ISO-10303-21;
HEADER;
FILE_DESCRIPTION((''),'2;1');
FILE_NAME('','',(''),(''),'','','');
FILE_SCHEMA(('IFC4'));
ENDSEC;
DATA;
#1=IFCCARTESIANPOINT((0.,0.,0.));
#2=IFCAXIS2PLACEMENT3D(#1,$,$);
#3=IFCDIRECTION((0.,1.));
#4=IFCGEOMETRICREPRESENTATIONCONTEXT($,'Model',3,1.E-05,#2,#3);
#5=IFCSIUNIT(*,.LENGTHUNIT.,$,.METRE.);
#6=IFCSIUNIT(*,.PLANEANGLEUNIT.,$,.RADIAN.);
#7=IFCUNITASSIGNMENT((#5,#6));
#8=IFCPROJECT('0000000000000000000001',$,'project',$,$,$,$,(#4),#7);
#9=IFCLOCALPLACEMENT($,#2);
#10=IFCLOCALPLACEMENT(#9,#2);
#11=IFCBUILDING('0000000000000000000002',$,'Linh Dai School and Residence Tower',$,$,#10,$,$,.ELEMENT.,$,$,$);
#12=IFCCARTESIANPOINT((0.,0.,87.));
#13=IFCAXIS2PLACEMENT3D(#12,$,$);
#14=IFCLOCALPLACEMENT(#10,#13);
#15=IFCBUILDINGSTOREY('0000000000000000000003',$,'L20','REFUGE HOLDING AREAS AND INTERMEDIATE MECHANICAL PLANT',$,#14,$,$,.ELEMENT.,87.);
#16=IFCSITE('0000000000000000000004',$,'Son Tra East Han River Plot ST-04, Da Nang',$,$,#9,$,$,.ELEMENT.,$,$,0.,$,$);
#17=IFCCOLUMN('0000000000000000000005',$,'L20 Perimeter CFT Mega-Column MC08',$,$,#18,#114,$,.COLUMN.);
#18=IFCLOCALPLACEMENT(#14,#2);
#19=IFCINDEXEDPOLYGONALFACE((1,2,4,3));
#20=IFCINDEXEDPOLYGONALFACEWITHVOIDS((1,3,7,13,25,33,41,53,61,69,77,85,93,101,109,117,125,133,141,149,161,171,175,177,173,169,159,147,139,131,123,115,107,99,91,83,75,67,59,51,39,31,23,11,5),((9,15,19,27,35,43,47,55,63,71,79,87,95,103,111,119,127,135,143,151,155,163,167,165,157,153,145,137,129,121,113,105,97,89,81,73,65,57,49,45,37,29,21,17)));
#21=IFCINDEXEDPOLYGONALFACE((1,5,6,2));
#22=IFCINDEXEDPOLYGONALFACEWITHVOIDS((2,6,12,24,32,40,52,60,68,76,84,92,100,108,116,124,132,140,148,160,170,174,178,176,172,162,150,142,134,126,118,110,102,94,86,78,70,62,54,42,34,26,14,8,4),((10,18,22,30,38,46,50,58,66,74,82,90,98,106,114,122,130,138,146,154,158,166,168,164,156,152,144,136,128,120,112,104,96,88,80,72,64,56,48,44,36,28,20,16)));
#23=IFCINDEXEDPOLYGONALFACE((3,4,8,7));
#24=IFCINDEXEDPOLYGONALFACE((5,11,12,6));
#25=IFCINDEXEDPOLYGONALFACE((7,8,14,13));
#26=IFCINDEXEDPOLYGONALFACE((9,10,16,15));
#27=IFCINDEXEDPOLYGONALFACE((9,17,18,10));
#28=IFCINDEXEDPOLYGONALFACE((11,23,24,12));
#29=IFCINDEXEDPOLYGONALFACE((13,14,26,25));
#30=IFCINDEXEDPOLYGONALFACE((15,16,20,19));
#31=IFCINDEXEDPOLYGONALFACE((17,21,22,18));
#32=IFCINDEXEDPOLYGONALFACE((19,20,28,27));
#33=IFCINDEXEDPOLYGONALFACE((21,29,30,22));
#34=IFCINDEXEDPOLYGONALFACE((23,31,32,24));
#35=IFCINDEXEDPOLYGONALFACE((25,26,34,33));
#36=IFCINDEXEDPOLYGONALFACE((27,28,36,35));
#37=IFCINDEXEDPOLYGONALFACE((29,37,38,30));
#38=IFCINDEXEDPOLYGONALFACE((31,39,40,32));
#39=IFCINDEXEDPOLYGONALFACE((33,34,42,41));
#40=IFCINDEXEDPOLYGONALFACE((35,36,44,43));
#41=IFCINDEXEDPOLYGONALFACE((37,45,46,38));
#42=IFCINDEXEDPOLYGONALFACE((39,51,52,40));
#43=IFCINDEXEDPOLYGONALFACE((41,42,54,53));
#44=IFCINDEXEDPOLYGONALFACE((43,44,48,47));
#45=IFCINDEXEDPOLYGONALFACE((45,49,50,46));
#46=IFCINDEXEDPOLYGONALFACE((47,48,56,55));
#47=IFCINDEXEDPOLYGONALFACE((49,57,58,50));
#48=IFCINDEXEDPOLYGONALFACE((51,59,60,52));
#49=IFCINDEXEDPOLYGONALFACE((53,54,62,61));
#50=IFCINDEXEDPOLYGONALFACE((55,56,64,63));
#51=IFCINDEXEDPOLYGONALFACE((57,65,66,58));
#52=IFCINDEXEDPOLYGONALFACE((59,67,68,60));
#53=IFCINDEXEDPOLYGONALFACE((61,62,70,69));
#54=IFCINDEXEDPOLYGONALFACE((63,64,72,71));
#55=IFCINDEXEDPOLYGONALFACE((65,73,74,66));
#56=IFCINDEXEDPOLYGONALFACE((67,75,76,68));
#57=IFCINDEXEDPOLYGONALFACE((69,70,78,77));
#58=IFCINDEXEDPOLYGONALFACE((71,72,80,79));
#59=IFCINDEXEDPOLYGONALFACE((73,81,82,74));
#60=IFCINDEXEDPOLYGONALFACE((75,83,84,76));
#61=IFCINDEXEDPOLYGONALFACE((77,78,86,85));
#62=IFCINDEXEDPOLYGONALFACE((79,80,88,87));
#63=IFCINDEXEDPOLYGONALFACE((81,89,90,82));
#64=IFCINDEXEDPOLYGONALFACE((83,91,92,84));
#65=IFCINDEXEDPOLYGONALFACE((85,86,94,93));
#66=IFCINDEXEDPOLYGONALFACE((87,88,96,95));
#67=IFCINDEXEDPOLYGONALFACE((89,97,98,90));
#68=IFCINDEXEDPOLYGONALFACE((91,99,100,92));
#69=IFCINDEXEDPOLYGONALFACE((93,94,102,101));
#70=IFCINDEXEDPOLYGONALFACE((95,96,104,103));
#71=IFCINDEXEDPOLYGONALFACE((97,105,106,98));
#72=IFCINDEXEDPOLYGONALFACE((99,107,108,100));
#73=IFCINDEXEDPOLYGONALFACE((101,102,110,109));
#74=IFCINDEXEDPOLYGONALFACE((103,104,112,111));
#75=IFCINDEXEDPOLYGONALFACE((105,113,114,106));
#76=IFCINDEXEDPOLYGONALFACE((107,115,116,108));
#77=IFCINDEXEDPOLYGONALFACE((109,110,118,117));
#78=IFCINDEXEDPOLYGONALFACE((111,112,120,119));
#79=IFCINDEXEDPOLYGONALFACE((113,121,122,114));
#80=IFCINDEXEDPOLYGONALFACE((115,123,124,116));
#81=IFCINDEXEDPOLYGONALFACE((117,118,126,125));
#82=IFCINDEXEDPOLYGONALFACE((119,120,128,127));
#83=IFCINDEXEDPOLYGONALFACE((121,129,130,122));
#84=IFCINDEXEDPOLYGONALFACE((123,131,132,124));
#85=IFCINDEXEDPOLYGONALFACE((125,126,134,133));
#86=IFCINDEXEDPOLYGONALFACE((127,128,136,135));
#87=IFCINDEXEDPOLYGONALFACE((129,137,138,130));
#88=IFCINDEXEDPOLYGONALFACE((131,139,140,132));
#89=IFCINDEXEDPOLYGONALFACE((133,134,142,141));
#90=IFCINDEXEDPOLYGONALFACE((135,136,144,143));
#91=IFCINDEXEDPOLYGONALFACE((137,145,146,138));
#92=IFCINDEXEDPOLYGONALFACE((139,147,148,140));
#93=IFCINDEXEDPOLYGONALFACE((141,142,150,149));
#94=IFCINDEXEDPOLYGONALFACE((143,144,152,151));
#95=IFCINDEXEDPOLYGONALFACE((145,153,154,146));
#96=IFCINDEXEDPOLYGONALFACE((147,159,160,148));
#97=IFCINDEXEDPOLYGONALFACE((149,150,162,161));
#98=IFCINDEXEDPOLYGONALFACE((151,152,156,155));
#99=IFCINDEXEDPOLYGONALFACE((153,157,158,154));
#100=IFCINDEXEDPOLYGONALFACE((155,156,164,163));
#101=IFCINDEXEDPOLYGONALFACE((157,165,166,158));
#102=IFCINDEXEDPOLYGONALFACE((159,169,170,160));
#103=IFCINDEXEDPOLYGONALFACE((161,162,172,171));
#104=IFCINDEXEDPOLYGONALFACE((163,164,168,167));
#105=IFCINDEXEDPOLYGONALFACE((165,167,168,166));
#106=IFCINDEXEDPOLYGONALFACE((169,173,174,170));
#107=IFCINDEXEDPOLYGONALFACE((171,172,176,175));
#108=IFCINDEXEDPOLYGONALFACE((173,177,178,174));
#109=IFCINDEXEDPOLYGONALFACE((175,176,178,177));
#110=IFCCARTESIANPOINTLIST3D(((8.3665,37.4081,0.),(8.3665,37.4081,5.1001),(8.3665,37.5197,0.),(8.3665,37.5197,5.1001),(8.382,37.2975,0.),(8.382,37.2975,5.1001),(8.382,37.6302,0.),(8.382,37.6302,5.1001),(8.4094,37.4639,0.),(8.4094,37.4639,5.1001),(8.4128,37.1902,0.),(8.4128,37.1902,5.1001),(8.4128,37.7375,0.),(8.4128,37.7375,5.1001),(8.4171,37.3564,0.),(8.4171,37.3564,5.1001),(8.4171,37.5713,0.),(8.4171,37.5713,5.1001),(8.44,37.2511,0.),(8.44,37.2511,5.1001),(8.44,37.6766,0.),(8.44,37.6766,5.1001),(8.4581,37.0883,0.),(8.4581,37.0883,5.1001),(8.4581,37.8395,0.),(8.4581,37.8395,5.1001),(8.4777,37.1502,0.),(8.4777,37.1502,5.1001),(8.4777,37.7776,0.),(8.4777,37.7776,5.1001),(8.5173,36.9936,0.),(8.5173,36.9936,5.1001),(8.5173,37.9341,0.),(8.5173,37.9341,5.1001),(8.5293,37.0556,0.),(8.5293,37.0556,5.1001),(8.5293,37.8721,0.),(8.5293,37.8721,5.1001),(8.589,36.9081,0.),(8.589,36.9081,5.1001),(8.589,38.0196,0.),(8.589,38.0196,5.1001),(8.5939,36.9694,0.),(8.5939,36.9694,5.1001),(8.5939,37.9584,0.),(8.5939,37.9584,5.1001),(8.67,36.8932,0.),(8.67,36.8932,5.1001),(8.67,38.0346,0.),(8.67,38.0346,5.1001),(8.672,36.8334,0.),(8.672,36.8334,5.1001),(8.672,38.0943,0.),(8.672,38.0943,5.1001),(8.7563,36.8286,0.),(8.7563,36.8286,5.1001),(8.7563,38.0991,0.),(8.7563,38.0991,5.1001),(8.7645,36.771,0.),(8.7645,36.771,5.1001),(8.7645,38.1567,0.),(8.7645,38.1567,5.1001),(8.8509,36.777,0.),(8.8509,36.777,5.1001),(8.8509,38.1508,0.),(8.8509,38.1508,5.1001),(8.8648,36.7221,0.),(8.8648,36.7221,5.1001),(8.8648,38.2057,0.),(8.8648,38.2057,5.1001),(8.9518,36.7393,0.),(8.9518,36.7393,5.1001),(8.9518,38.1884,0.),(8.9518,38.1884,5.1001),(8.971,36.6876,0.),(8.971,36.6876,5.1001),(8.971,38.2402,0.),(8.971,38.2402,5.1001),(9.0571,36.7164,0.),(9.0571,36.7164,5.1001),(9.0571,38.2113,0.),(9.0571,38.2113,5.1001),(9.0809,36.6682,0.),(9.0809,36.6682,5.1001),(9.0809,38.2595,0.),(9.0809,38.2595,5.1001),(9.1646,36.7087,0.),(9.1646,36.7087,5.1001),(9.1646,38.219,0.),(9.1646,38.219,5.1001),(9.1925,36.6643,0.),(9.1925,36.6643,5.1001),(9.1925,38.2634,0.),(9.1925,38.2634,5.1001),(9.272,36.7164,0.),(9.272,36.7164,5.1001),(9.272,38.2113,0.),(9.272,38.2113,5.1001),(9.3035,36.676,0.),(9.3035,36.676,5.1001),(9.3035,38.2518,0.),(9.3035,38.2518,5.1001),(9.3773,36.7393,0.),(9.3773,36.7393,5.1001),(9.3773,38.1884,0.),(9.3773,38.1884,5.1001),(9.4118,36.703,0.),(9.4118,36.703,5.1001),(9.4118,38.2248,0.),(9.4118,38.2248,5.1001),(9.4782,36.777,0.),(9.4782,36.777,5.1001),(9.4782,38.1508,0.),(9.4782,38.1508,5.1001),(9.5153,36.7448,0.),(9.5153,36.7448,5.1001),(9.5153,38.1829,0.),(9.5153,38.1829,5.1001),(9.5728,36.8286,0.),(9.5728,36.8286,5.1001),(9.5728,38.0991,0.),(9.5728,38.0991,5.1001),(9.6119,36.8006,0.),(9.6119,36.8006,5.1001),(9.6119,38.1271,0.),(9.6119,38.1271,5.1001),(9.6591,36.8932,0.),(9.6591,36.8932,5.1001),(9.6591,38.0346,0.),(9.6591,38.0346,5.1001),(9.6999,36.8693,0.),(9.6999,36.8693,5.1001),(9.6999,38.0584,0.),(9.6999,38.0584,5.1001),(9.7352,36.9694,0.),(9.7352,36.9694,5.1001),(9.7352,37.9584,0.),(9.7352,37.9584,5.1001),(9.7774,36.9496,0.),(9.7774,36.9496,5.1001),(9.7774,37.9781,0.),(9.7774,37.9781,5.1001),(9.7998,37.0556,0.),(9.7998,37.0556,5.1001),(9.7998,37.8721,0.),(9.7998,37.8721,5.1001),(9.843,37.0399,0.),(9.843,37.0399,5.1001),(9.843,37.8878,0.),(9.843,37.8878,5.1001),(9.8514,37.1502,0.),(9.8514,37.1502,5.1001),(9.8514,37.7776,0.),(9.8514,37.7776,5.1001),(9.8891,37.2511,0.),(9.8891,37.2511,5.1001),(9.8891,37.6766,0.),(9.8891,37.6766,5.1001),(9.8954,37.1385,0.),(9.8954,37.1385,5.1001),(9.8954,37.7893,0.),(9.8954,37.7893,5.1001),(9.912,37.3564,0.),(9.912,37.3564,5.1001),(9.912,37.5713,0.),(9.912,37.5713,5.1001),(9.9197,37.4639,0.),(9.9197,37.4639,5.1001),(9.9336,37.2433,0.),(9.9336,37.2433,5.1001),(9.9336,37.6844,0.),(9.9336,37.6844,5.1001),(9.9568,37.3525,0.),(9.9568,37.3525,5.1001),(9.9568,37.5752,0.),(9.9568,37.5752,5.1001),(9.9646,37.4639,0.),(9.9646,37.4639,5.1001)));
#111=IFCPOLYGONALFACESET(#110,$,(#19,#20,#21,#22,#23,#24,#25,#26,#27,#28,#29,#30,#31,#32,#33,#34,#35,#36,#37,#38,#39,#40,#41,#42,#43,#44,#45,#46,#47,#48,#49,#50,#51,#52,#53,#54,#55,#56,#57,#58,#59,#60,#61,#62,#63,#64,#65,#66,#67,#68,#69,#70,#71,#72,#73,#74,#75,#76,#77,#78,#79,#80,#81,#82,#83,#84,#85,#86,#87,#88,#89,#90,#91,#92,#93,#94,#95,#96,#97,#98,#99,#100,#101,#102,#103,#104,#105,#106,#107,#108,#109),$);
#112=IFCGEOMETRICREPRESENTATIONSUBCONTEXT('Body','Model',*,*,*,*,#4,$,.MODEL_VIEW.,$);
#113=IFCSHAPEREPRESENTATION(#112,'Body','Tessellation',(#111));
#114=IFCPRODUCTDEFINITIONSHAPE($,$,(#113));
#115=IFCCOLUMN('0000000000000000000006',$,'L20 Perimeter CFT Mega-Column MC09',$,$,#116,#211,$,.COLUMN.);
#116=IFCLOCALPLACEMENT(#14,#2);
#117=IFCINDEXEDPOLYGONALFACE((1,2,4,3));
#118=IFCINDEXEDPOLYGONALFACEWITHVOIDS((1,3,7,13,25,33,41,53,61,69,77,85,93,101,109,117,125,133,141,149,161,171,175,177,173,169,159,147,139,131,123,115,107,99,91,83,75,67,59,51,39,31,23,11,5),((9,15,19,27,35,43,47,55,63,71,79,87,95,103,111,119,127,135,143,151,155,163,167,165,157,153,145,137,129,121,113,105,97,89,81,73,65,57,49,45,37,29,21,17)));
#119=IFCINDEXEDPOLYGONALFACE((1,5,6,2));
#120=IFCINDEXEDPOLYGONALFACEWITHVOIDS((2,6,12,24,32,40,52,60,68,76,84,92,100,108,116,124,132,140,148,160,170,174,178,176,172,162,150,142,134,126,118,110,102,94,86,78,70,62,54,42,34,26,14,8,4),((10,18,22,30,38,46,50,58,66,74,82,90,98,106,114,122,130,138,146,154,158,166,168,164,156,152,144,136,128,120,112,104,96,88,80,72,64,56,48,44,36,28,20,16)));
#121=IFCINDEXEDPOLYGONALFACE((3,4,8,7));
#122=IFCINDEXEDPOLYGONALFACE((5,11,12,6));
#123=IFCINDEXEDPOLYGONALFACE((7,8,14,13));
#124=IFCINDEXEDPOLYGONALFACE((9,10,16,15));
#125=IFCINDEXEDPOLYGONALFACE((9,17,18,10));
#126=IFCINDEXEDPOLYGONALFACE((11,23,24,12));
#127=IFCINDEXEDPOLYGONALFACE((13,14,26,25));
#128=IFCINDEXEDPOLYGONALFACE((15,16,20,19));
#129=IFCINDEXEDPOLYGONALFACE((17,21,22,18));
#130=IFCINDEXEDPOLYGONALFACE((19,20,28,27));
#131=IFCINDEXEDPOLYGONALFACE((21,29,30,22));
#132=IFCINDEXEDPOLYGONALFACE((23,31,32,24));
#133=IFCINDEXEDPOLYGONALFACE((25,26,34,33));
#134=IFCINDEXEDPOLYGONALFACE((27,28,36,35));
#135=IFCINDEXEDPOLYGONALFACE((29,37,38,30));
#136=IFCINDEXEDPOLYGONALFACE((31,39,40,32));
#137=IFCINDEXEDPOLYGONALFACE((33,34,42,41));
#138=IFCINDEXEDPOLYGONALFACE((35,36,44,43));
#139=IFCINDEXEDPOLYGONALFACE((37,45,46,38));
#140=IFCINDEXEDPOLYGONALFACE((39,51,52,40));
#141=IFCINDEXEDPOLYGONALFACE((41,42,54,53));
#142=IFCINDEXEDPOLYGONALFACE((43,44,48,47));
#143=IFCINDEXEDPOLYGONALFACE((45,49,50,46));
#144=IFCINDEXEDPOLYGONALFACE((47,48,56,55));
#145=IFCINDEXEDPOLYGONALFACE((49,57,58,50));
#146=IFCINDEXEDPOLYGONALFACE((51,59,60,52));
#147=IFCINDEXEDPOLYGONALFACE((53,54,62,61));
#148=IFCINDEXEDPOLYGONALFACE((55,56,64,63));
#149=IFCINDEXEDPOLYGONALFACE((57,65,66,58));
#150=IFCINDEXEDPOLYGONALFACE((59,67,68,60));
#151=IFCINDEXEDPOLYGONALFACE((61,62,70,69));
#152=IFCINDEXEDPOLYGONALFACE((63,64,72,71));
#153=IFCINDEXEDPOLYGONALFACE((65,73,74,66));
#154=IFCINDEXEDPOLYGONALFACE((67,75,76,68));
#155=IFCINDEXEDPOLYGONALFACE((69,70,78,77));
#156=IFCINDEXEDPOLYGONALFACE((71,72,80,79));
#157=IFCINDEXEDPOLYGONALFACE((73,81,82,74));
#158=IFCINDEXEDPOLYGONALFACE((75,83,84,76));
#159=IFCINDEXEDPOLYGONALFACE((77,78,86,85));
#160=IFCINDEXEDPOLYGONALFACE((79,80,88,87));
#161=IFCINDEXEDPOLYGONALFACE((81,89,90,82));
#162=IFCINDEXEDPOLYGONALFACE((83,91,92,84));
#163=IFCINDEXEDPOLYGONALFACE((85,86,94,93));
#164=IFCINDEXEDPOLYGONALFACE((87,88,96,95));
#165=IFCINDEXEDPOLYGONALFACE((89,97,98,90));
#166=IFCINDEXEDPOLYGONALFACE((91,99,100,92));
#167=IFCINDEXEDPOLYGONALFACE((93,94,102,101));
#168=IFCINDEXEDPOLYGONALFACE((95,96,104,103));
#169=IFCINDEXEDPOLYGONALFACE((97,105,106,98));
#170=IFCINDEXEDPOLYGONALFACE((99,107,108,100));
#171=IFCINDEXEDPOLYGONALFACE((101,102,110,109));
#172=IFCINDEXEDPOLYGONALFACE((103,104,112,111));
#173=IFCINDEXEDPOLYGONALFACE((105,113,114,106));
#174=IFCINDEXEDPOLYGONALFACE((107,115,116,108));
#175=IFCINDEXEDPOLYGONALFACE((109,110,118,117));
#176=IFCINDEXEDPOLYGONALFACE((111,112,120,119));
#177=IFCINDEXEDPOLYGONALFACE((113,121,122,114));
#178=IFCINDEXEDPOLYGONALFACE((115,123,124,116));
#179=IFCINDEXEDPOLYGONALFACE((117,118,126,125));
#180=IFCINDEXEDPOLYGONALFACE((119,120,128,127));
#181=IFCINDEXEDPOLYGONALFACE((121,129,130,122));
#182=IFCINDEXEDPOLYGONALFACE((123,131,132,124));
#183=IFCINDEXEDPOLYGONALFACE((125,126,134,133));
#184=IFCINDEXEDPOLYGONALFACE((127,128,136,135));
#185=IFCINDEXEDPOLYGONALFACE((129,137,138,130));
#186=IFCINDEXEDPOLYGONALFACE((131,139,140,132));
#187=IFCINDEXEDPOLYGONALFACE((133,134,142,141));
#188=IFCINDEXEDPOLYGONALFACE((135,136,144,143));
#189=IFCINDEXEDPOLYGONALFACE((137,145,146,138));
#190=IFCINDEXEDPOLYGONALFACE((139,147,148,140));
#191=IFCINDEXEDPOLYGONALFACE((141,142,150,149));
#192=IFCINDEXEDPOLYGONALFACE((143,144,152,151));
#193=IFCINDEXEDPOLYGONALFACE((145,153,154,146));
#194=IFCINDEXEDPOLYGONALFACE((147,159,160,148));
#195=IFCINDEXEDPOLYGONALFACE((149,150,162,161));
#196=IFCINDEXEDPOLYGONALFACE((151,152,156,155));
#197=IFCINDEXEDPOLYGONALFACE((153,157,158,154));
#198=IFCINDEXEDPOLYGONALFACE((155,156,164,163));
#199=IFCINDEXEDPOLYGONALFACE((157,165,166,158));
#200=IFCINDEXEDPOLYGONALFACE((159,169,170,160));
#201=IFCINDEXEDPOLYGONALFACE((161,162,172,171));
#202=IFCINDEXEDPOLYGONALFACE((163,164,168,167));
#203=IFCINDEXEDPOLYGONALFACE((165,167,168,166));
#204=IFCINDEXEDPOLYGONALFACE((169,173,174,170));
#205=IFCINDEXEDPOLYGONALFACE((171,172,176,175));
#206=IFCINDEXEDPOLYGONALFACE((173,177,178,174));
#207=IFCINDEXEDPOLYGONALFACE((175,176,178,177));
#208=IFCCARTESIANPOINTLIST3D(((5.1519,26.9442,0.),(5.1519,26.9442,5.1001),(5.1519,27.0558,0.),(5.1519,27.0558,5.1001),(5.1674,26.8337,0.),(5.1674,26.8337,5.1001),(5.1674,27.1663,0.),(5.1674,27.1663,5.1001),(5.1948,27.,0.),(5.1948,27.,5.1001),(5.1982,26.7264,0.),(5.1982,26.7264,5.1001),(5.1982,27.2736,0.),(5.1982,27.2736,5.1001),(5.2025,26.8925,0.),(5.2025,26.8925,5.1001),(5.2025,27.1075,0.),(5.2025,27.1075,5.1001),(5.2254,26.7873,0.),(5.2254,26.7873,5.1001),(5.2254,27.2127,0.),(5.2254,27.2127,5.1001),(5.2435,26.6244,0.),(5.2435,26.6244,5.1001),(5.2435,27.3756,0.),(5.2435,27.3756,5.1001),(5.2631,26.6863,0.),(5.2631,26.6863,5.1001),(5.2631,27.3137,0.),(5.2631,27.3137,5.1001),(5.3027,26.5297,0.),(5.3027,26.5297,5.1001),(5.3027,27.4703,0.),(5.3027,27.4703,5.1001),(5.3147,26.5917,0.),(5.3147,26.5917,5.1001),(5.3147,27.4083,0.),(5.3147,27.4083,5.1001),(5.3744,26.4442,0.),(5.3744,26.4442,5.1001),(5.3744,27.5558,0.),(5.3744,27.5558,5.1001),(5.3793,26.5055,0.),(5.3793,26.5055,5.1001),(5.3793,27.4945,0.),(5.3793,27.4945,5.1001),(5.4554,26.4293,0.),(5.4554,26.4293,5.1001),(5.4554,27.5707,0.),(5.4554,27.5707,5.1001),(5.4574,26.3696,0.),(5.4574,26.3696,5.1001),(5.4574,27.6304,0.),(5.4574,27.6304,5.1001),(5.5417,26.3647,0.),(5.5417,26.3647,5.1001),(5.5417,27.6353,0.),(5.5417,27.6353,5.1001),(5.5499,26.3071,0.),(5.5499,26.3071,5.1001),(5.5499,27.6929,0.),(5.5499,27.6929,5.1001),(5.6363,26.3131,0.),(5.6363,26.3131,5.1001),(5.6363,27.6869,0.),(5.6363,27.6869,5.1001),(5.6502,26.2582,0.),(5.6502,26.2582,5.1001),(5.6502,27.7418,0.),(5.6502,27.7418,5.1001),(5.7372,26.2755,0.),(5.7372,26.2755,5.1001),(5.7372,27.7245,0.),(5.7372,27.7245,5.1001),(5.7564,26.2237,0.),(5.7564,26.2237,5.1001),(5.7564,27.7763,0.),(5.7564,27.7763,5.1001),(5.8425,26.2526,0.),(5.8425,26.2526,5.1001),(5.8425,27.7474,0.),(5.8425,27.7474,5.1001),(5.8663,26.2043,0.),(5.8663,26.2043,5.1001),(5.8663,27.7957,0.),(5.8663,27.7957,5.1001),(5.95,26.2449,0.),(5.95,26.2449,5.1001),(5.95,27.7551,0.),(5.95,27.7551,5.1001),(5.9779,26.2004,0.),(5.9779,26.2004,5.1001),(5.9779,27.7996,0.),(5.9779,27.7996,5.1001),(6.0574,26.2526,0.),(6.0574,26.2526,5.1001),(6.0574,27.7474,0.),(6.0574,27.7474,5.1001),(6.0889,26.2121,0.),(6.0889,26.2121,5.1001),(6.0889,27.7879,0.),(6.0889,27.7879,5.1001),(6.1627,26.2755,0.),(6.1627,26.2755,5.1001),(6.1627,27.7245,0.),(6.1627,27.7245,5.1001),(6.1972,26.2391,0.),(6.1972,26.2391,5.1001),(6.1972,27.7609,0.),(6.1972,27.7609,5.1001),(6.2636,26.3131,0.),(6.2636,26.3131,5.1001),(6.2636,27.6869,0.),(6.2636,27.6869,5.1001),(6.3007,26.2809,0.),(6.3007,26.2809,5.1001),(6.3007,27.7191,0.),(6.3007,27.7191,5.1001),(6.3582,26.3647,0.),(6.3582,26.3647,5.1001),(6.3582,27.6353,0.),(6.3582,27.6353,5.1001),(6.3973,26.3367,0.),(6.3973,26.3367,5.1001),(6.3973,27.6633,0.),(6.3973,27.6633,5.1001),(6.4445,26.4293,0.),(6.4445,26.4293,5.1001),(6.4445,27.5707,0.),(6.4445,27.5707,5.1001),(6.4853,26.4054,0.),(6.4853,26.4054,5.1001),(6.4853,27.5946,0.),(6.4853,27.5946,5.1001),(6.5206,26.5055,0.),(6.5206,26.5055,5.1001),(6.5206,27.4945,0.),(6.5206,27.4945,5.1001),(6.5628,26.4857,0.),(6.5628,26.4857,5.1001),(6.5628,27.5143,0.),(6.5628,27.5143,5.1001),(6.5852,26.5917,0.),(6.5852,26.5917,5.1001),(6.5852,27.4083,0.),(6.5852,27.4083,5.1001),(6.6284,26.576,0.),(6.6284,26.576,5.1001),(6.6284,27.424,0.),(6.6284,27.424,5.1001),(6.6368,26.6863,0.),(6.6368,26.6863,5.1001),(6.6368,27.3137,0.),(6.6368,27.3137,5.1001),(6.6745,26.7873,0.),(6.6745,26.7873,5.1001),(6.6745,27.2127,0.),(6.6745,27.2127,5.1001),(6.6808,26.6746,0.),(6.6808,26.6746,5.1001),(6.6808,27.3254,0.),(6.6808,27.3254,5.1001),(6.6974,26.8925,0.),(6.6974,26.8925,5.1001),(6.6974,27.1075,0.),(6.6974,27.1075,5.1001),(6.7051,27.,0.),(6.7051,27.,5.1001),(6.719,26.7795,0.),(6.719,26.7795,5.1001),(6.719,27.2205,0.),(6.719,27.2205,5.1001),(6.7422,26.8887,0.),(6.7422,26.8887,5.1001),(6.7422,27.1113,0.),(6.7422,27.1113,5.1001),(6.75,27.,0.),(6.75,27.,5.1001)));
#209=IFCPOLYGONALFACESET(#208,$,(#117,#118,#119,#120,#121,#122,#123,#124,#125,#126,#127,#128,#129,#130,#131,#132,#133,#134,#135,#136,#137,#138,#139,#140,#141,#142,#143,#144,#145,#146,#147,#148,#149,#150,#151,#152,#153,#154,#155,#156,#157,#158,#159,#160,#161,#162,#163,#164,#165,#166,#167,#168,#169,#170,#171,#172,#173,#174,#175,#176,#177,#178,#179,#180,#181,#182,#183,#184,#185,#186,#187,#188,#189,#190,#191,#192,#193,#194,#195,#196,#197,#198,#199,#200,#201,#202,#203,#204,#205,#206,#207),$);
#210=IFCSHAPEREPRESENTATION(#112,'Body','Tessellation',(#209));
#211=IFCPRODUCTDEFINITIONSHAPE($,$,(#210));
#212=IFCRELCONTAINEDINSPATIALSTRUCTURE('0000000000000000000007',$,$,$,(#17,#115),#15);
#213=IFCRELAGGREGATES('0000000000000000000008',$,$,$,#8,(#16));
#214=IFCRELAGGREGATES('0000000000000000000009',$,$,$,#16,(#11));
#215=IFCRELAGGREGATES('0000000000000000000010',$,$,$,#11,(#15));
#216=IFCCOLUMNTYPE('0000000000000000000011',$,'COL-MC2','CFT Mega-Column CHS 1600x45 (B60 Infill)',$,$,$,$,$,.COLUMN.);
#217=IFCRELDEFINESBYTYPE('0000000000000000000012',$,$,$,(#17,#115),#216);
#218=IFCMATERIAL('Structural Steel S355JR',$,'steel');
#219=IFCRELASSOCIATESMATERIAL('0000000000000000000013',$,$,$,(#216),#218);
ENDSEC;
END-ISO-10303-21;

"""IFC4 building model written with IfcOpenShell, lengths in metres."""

from ifc_helpers import new_model, si_unit, direction, frame, origin, origin_2d, place, context, subcontext, project, spatial, hollow_circle, extrude, material, material_profile, profile_set, type_object, element, save


model = new_model("IFC4")

# Units and contexts
model_context = context("Model", 3, precision=1e-05, world=origin(), true_north=direction((0.0, 1.0)))
body_context = subcontext(model_context, "Body", "Model", "MODEL_VIEW")
ifc_project = project(units=[si_unit("LENGTHUNIT", "METRE"), si_unit("PLANEANGLEUNIT", "RADIAN")], contexts=[model_context])

# Site, building, storey
site_placement = place(None, origin())
site = spatial("IfcSite", under=ifc_project, at=site_placement, Name="Son Tra East Han River Plot ST-04, Da Nang", CompositionType="ELEMENT", RefElevation=0.0)
building_placement = place(site_placement, origin())
building = spatial("IfcBuilding", under=site, at=building_placement, Name="Linh Dai School and Residence Tower", CompositionType="ELEMENT")
storey_placement = place(building_placement, frame((0.0, 0.0, 87.0)))
storey = spatial("IfcBuildingStorey", under=building, at=storey_placement, Name="L20", Description="REFUGE HOLDING AREAS AND INTERMEDIATE MECHANICAL PLANT", CompositionType="ELEMENT", Elevation=87.0)

# Columns
ifc_material_1 = material(Name="Structural Steel S355JR", Category="steel")
ifc_material_profile_1 = material_profile(ifc_material_1, hollow_circle(Radius=0.8, WallThickness=0.0449, at=origin_2d()), Name="CHS 1600x45")
ifc_profile_set_1 = profile_set([ifc_material_profile_1], Name="Structural Steel S355JR")
column_type = type_object("IfcColumnType", Name="COL-MC2", Description="CFT Mega-Column CHS 1600x45 (B60 Infill)", PredefinedType="COLUMN", material=ifc_profile_set_1)
for number, where, z_axis, x_axis, name in (
    (1, (9.1646, 37.4639, 0.0), (0.0, 0.0, 1.0), (1.0, 0.0, 0.0), "L20 Perimeter CFT Mega-Column MC08"),
    (2, (5.95, 27.0, 0.0), (0.0, 0.0, 1.0), (1.0, 0.0, 0.0), "L20 Perimeter CFT Mega-Column MC09"),
):
    element("IfcColumn", number, at=place(storey_placement, frame(where, z_axis=z_axis, x_axis=x_axis)), inside=storey, type_object=column_type, Name=name, PredefinedType="COLUMN", context=body_context, shape_type="SweptSolid", body=[
        extrude(hollow_circle(Radius=0.8, WallThickness=0.0449, at=origin_2d()), origin(), (0.0, 0.0, 1.0), 5.1001),
    ])

save(model, "model.ifc")
